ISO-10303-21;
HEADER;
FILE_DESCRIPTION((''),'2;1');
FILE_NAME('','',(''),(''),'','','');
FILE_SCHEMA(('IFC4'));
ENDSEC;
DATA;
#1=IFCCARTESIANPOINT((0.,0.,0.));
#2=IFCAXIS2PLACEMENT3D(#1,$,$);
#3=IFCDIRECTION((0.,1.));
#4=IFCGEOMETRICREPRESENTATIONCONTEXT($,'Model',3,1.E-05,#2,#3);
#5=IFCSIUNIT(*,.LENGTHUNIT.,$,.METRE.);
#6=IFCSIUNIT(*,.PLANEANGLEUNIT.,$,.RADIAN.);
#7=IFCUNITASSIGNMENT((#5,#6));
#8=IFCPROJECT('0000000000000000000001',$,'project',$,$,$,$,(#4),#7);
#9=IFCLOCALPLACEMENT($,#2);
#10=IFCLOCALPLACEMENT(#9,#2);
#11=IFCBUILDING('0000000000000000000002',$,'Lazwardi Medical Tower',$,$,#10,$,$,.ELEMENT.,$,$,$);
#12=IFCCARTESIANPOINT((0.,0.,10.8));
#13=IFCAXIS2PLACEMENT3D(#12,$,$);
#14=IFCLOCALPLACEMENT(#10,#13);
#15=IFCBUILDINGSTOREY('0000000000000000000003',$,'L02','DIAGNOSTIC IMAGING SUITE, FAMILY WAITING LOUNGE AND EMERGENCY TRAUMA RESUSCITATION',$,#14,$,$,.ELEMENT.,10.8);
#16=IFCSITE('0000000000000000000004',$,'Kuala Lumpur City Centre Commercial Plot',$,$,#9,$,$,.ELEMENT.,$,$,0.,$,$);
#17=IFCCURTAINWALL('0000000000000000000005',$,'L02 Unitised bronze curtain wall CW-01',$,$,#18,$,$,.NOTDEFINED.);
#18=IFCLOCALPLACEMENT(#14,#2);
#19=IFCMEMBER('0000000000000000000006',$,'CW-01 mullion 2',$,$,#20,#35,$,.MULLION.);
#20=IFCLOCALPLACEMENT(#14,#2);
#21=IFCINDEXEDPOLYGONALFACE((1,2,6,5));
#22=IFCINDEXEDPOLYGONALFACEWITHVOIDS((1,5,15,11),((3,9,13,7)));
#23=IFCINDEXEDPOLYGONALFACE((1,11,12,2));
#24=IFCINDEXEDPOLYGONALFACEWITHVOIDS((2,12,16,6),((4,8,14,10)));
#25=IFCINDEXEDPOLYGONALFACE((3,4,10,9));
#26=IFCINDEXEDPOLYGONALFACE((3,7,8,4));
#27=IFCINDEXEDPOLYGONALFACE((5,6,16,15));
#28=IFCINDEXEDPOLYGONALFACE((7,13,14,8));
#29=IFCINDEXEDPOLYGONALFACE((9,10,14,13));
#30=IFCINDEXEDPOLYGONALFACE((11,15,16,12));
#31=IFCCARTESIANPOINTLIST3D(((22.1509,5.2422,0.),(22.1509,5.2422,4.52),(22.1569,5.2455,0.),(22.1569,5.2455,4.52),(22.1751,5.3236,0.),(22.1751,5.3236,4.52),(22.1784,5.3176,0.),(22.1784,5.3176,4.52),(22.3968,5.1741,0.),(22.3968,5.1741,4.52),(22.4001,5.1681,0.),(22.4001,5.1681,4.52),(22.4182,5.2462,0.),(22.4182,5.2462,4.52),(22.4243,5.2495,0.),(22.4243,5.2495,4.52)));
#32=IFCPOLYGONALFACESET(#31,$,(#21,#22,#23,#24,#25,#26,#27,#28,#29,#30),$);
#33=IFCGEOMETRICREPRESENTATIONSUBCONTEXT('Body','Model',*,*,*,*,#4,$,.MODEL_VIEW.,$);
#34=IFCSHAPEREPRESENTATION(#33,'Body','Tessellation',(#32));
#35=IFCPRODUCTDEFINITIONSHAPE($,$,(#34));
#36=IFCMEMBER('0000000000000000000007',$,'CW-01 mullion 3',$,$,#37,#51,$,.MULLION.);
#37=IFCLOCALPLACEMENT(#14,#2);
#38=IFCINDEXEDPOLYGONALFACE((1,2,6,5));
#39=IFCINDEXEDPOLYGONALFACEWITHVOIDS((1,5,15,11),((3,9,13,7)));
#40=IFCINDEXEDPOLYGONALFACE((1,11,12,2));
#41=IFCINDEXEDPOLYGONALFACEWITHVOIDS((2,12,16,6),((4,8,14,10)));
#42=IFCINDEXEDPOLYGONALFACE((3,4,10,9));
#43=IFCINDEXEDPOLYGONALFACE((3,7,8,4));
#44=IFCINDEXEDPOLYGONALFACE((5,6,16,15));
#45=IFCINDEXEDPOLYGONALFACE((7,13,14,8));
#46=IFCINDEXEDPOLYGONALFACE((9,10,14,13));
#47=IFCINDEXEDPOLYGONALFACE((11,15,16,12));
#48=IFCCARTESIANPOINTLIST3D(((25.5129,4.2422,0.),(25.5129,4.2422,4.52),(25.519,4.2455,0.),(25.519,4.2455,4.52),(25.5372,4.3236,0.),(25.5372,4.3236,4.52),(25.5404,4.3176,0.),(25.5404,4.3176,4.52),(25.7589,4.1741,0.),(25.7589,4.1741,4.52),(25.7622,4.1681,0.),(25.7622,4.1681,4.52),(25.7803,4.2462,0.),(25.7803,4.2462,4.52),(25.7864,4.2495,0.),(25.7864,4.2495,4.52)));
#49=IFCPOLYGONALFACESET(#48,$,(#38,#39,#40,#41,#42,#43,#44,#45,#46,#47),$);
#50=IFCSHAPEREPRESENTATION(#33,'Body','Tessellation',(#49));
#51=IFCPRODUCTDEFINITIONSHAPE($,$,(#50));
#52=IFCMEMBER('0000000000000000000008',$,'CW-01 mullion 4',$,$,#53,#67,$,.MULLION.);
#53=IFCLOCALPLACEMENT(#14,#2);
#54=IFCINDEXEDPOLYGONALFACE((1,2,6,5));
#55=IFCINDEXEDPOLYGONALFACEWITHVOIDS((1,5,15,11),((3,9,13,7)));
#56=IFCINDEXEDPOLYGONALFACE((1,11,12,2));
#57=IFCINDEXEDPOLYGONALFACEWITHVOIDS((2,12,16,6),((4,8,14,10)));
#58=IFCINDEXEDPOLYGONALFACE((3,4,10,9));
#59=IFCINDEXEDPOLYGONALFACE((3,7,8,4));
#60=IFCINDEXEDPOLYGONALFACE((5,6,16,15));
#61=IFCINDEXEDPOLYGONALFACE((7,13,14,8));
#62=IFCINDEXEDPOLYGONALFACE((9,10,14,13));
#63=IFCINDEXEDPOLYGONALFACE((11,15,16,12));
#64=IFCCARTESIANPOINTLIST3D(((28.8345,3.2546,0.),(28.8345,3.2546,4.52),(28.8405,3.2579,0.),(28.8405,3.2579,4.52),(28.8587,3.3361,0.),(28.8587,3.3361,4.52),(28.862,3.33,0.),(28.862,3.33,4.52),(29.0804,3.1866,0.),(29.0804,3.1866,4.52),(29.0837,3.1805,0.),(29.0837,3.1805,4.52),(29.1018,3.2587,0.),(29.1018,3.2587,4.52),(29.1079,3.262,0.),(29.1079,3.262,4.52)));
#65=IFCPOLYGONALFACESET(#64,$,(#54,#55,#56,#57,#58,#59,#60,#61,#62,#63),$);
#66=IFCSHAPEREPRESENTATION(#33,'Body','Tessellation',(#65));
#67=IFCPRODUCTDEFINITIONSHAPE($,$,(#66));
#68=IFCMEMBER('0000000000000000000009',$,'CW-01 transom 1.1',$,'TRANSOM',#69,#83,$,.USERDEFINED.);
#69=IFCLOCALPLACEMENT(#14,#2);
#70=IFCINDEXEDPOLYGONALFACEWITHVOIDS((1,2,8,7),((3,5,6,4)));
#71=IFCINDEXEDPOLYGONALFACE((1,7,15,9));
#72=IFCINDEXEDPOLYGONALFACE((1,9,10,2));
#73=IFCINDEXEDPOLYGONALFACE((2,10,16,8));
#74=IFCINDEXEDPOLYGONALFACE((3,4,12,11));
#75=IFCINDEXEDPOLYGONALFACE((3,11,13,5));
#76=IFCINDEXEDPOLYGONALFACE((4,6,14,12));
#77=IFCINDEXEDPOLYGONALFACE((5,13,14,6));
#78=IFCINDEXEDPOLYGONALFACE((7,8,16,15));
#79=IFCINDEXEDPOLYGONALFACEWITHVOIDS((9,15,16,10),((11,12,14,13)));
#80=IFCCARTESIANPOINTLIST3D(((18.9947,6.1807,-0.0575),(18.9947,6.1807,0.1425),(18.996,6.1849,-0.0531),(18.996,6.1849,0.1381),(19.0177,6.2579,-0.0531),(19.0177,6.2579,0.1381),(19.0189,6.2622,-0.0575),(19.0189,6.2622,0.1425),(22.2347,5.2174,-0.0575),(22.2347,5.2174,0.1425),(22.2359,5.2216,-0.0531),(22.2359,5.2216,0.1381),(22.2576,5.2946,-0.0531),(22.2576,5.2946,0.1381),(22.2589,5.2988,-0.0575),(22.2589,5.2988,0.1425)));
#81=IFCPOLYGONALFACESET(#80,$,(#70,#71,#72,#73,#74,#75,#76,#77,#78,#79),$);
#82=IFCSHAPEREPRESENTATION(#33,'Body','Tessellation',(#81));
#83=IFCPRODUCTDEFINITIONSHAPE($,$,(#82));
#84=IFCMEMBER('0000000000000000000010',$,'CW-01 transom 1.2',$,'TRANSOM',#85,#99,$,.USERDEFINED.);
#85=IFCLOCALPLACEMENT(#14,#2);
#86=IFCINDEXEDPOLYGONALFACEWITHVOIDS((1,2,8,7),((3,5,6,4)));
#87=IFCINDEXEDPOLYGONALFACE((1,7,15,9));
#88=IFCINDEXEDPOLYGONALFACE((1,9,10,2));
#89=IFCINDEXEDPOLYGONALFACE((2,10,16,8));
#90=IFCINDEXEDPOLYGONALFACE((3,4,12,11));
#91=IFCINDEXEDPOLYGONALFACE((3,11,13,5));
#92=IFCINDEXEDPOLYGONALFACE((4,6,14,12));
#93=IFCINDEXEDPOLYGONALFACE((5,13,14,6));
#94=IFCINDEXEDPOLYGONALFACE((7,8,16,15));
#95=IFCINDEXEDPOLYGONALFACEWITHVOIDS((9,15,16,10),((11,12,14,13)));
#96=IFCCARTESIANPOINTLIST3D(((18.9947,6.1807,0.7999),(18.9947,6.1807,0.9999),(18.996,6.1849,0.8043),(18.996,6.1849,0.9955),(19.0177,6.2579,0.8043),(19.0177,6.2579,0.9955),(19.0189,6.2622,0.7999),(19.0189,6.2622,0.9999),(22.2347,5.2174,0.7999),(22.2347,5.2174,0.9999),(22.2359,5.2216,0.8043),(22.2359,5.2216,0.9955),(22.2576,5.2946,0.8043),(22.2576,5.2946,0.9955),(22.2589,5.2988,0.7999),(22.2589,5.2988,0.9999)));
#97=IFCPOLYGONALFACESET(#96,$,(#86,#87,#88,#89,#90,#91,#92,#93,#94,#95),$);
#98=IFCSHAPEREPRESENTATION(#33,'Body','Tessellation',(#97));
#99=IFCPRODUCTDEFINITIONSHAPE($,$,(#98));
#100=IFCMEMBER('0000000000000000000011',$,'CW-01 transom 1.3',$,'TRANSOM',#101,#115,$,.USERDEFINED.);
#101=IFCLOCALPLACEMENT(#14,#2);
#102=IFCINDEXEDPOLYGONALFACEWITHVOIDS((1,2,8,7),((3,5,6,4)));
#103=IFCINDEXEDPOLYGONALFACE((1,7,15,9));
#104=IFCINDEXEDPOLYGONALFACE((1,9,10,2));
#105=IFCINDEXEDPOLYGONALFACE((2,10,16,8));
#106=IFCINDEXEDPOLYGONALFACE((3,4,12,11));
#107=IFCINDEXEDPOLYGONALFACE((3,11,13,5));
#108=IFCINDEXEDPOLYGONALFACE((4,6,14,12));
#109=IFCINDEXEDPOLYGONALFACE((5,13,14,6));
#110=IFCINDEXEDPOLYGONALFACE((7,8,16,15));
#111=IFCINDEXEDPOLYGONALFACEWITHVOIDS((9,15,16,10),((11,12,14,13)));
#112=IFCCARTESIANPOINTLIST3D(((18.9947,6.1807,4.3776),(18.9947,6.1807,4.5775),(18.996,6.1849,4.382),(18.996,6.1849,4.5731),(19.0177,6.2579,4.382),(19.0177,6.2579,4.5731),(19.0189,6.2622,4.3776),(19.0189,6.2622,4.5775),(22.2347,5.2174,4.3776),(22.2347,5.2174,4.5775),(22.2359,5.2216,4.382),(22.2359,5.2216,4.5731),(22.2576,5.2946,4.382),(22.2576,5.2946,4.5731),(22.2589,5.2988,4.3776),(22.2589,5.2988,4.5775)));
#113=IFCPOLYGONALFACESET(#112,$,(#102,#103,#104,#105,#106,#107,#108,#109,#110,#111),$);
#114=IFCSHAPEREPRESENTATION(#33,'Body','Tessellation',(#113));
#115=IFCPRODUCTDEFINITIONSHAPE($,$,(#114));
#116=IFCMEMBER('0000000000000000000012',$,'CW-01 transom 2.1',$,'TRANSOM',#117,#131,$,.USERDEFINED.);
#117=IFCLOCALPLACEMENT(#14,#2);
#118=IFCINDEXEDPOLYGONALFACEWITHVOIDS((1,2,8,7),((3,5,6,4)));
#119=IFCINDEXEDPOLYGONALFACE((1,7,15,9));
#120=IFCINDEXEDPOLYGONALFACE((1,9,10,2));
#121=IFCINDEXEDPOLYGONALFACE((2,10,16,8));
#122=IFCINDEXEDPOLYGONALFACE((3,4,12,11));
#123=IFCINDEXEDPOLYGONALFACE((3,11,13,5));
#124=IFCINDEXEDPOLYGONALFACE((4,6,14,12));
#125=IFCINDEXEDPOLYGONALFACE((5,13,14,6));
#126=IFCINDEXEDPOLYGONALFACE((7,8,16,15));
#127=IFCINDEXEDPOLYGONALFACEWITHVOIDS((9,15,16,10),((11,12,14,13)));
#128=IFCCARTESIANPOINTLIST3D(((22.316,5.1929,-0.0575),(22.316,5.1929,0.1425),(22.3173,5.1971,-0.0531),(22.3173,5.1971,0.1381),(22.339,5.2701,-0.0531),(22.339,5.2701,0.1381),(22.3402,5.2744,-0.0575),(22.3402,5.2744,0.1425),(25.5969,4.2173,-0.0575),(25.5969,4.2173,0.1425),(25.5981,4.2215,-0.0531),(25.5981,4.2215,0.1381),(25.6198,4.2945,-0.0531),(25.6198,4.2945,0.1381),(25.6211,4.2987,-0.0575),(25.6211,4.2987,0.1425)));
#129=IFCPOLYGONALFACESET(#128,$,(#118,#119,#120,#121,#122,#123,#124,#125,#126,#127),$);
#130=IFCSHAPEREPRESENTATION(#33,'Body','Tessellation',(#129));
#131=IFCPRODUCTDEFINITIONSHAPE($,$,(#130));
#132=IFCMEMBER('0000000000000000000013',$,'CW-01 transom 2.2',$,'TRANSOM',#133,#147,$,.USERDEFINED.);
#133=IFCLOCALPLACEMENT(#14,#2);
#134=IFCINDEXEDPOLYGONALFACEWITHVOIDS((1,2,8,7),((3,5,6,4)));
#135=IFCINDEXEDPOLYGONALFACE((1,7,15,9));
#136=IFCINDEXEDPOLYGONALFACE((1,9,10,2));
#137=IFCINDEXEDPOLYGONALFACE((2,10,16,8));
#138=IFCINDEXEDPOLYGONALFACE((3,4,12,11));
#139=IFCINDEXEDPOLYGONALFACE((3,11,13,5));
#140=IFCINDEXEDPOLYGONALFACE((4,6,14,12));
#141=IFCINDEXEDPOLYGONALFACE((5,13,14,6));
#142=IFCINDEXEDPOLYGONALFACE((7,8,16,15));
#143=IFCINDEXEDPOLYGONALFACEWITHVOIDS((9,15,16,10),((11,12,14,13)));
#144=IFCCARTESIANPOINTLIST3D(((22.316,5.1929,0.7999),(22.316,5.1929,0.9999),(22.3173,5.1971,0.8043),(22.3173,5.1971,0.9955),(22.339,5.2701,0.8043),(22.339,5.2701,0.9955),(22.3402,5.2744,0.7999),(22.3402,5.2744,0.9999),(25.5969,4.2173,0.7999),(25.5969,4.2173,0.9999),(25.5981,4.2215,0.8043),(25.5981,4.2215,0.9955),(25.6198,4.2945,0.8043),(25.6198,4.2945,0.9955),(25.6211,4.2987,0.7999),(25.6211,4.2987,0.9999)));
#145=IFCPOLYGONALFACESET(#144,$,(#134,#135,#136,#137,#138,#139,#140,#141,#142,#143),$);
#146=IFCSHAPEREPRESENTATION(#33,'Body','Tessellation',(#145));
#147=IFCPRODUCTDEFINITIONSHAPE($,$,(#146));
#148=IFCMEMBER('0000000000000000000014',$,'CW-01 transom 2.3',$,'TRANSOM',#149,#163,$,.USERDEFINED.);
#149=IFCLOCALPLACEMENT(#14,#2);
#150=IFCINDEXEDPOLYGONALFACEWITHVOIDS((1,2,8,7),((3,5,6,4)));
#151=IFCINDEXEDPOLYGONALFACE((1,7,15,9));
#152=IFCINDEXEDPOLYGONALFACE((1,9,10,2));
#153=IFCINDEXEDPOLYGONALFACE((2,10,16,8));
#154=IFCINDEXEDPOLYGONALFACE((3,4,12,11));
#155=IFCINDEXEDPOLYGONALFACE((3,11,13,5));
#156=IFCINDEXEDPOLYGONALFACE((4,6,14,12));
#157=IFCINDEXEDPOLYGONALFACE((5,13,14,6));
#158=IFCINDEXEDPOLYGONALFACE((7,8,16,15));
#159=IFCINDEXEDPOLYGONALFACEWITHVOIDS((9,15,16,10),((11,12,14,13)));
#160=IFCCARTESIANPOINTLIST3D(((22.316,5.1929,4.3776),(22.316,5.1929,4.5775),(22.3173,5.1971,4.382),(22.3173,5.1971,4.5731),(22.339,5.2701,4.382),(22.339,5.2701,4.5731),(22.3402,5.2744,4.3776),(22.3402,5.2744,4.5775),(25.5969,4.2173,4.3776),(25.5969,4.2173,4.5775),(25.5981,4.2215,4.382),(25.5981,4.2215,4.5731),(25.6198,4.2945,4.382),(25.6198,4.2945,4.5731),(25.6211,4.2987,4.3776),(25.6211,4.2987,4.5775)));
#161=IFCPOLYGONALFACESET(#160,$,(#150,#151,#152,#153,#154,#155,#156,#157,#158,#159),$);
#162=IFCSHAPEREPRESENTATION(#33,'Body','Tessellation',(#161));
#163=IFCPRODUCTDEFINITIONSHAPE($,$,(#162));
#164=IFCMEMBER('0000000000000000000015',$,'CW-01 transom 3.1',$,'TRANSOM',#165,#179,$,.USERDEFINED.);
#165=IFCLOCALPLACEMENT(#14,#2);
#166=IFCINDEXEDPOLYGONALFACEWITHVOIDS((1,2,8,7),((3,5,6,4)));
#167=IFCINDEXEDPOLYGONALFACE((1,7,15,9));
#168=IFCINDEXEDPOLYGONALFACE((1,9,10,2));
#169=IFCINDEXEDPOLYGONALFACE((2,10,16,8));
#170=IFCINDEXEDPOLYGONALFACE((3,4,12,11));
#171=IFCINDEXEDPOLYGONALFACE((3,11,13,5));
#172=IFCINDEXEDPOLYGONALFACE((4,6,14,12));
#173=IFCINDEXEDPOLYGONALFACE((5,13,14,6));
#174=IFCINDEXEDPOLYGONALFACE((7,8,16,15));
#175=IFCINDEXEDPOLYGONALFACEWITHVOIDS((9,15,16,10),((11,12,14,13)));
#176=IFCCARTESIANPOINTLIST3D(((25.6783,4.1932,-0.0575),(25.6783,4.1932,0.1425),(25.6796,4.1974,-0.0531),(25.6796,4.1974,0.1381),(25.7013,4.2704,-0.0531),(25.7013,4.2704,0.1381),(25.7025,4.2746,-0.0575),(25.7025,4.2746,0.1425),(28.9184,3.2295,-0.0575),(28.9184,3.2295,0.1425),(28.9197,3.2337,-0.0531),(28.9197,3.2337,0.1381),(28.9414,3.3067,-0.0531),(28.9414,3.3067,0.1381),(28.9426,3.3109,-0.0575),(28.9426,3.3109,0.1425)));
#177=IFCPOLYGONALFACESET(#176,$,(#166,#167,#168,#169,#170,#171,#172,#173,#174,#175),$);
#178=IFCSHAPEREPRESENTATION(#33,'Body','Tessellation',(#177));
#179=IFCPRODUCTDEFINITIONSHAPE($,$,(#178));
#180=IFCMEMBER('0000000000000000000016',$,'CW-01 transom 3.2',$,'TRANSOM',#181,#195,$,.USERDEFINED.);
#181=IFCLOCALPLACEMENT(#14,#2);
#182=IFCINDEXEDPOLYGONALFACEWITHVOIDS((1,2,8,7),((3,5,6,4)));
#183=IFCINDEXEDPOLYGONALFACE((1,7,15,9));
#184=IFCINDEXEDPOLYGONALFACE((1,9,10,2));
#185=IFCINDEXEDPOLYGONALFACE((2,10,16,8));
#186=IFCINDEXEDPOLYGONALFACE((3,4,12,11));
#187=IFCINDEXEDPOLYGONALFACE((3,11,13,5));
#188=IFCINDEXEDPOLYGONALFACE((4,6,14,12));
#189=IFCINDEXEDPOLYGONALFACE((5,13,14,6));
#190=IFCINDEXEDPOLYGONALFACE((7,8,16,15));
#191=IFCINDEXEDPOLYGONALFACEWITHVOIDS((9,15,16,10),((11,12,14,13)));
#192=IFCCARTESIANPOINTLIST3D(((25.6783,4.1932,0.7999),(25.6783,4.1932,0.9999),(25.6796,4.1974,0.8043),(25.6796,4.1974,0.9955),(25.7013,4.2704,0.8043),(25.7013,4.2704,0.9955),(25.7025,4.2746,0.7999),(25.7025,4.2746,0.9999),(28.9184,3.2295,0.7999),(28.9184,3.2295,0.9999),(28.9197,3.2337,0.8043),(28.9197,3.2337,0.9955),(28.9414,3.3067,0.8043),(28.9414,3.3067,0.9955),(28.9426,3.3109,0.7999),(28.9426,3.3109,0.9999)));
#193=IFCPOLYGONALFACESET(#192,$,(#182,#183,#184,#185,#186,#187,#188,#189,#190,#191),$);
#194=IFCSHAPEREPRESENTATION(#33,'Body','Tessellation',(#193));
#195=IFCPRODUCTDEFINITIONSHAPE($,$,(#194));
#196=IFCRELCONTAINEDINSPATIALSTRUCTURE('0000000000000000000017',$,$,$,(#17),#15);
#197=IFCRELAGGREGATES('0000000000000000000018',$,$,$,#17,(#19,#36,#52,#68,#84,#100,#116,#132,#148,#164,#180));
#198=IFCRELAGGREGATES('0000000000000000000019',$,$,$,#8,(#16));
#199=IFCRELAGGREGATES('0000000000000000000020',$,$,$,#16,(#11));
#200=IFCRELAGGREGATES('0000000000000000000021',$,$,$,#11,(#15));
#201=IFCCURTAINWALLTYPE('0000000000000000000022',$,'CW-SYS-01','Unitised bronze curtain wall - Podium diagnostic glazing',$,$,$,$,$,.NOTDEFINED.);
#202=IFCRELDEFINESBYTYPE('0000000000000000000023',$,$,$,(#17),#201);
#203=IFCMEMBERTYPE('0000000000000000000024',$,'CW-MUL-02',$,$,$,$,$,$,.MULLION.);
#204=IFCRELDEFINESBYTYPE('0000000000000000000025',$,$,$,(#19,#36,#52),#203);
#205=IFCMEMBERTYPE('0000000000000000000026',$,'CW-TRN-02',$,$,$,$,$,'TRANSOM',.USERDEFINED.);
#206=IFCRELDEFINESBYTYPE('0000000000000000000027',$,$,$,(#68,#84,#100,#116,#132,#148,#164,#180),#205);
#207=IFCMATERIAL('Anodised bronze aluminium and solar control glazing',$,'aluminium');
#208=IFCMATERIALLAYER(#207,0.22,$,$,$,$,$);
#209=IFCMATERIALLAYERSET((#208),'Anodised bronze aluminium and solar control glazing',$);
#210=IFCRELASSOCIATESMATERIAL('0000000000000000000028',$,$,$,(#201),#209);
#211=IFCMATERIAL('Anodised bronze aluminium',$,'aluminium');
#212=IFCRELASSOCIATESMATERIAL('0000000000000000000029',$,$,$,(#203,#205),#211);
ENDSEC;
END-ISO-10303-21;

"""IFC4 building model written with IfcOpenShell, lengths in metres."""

from ifc_helpers import new_model, si_unit, direction, frame, origin, origin_2d, place, context, subcontext, project, spatial, hollow_rectangle, extrude, material, layer, layer_set, material_profile, profile_set, type_object, element, aggregate, save


model = new_model("IFC4")

# Units and contexts
model_context = context("Model", 3, precision=1e-05, world=origin(), true_north=direction((0.0, 1.0)))
body_context = subcontext(model_context, "Body", "Model", "MODEL_VIEW")
ifc_project = project(units=[si_unit("LENGTHUNIT", "METRE"), si_unit("PLANEANGLEUNIT", "RADIAN")], contexts=[model_context])

# Site, building, storey
site_placement = place(None, origin())
site = spatial("IfcSite", under=ifc_project, at=site_placement, Name="Kuala Lumpur City Centre Commercial Plot", CompositionType="ELEMENT", RefElevation=0.0)
building_placement = place(site_placement, origin())
building = spatial("IfcBuilding", under=site, at=building_placement, Name="Lazwardi Medical Tower", CompositionType="ELEMENT")
storey_placement = place(building_placement, frame((0.0, 0.0, 10.8)))
storey = spatial("IfcBuildingStorey", under=building, at=storey_placement, Name="L02", Description="DIAGNOSTIC IMAGING SUITE, FAMILY WAITING LOUNGE AND EMERGENCY TRAUMA RESUSCITATION", CompositionType="ELEMENT", Elevation=10.8)

# Shared definitions
ifc_material_1 = material(Name="Anodised bronze aluminium and solar control glazing", Category="aluminium")
ifc_material_2 = material(Name="Anodised bronze aluminium", Category="aluminium")

# Curtain wall, members
ifc_layer_1 = layer(ifc_material_1, 0.22)
ifc_layer_set_1 = layer_set([ifc_layer_1], Name="Anodised bronze aluminium and solar control glazing")
curtain_wall_type_1 = type_object("IfcCurtainWallType", Name="CW-SYS-01", Description="Unitised bronze curtain wall - Podium diagnostic glazing", PredefinedType="NOTDEFINED", material=ifc_layer_set_1)
curtain_wall_1_placement = place(storey_placement, origin())
curtain_wall_1 = element("IfcCurtainWall", 1, at=curtain_wall_1_placement, inside=storey, type_object=curtain_wall_type_1, Name="L02 Unitised bronze curtain wall CW-01", PredefinedType="NOTDEFINED")
ifc_material_profile_1 = material_profile(ifc_material_2, hollow_rectangle(XDim=0.085, YDim=0.26, WallThickness=0.0049, at=origin_2d()), Name="ALU-MULLION 260x85x5")
ifc_profile_set_1 = profile_set([ifc_material_profile_1], Name="Anodised bronze aluminium")
member_type_1 = type_object("IfcMemberType", Name="CW-MUL-02", PredefinedType="MULLION", material=ifc_profile_set_1)
member_1_placement = place(storey_placement, frame((22.2876, 5.2458, 0.0), z_axis=(0.0, 0.0, 1.0), x_axis=(0.285047, 0.958513, 0.0)))
member_1 = element("IfcMember", 2, at=member_1_placement, type_object=member_type_1, Name="CW-01 mullion 2", PredefinedType="MULLION", context=body_context, shape_type="SweptSolid", body=[
    extrude(hollow_rectangle(XDim=0.085, YDim=0.26, WallThickness=0.0049, at=origin_2d()), origin(), (0.0, 0.0, 1.0), 4.52),
])
member_2_placement = place(storey_placement, frame((25.6497, 4.2458, 0.0), z_axis=(0.0, 0.0, 1.0), x_axis=(0.285047, 0.958513, 0.0)))
member_2 = element("IfcMember", 3, at=member_2_placement, type_object=member_type_1, Name="CW-01 mullion 3", PredefinedType="MULLION", context=body_context, shape_type="SweptSolid", body=[
    extrude(hollow_rectangle(XDim=0.085, YDim=0.26, WallThickness=0.0049, at=origin_2d()), origin(), (0.0, 0.0, 1.0), 4.52),
])
member_3_placement = place(storey_placement, frame((28.9712, 3.2583, 0.0), z_axis=(0.0, 0.0, 1.0), x_axis=(0.285047, 0.958513, 0.0)))
member_3 = element("IfcMember", 4, at=member_3_placement, type_object=member_type_1, Name="CW-01 mullion 4", PredefinedType="MULLION", context=body_context, shape_type="SweptSolid", body=[
    extrude(hollow_rectangle(XDim=0.085, YDim=0.26, WallThickness=0.0049, at=origin_2d()), origin(), (0.0, 0.0, 1.0), 4.52),
])
ifc_material_profile_2 = material_profile(ifc_material_2, hollow_rectangle(XDim=0.085, YDim=0.2, WallThickness=0.0044, at=origin_2d()), Name="ALU-TRANSOM 200x85x4.5")
ifc_profile_set_2 = profile_set([ifc_material_profile_2], Name="Anodised bronze aluminium")
member_type_2 = type_object("IfcMemberType", Name="CW-TRN-02", ElementType="TRANSOM", PredefinedType="USERDEFINED", material=ifc_profile_set_2)
member_4_placement = place(storey_placement, frame((19.0068, 6.2214, 0.0425), z_axis=(0.958525, -0.285008, 0.0), x_axis=(0.285008, 0.958525, 0.0)))
member_4 = element("IfcMember", 5, at=member_4_placement, type_object=member_type_2, Name="CW-01 transom 1.1", ObjectType="TRANSOM", PredefinedType="USERDEFINED", context=body_context, shape_type="SweptSolid", body=[
    extrude(hollow_rectangle(XDim=0.085, YDim=0.2, WallThickness=0.0044, at=origin_2d()), origin(), (0.0, 0.0, 1.0), 3.3801),
])
member_5_placement = place(storey_placement, frame((19.0068, 6.2214, 0.8999), z_axis=(0.958525, -0.285008, 0.0), x_axis=(0.285008, 0.958525, 0.0)))
member_5 = element("IfcMember", 6, at=member_5_placement, type_object=member_type_2, Name="CW-01 transom 1.2", ObjectType="TRANSOM", PredefinedType="USERDEFINED", context=body_context, shape_type="SweptSolid", body=[
    extrude(hollow_rectangle(XDim=0.085, YDim=0.2, WallThickness=0.0044, at=origin_2d()), origin(), (0.0, 0.0, 1.0), 3.3801),
])
member_6_placement = place(storey_placement, frame((19.0068, 6.2214, 4.4775), z_axis=(0.958525, -0.285008, 0.0), x_axis=(0.285008, 0.958525, 0.0)))
member_6 = element("IfcMember", 7, at=member_6_placement, type_object=member_type_2, Name="CW-01 transom 1.3", ObjectType="TRANSOM", PredefinedType="USERDEFINED", context=body_context, shape_type="SweptSolid", body=[
    extrude(hollow_rectangle(XDim=0.085, YDim=0.2, WallThickness=0.0044, at=origin_2d()), origin(), (0.0, 0.0, 1.0), 3.3801),
])
member_7_placement = place(storey_placement, frame((22.3281, 5.2336, 0.0425), z_axis=(0.958518, -0.28503, 0.0), x_axis=(0.28503, 0.958518, 0.0)))
member_7 = element("IfcMember", 8, at=member_7_placement, type_object=member_type_2, Name="CW-01 transom 2.1", ObjectType="TRANSOM", PredefinedType="USERDEFINED", context=body_context, shape_type="SweptSolid", body=[
    extrude(hollow_rectangle(XDim=0.085, YDim=0.2, WallThickness=0.0044, at=origin_2d()), origin(), (0.0, 0.0, 1.0), 3.4229),
])
member_8_placement = place(storey_placement, frame((22.3281, 5.2336, 0.8999), z_axis=(0.958518, -0.28503, 0.0), x_axis=(0.28503, 0.958518, 0.0)))
member_8 = element("IfcMember", 9, at=member_8_placement, type_object=member_type_2, Name="CW-01 transom 2.2", ObjectType="TRANSOM", PredefinedType="USERDEFINED", context=body_context, shape_type="SweptSolid", body=[
    extrude(hollow_rectangle(XDim=0.085, YDim=0.2, WallThickness=0.0044, at=origin_2d()), origin(), (0.0, 0.0, 1.0), 3.4229),
])
member_9_placement = place(storey_placement, frame((22.3281, 5.2336, 4.4775), z_axis=(0.958518, -0.28503, 0.0), x_axis=(0.28503, 0.958518, 0.0)))
member_9 = element("IfcMember", 10, at=member_9_placement, type_object=member_type_2, Name="CW-01 transom 2.3", ObjectType="TRANSOM", PredefinedType="USERDEFINED", context=body_context, shape_type="SweptSolid", body=[
    extrude(hollow_rectangle(XDim=0.085, YDim=0.2, WallThickness=0.0044, at=origin_2d()), origin(), (0.0, 0.0, 1.0), 3.4229),
])
member_10_placement = place(storey_placement, frame((25.6904, 4.2339, 0.0425), z_axis=(0.958505, -0.285074, 0.0), x_axis=(0.285074, 0.958505, 0.0)))
member_10 = element("IfcMember", 11, at=member_10_placement, type_object=member_type_2, Name="CW-01 transom 3.1", ObjectType="TRANSOM", PredefinedType="USERDEFINED", context=body_context, shape_type="SweptSolid", body=[
    extrude(hollow_rectangle(XDim=0.085, YDim=0.2, WallThickness=0.0044, at=origin_2d()), origin(), (0.0, 0.0, 1.0), 3.3804),
])
member_11_placement = place(storey_placement, frame((25.6904, 4.2339, 0.8999), z_axis=(0.958505, -0.285074, 0.0), x_axis=(0.285074, 0.958505, 0.0)))
member_11 = element("IfcMember", 12, at=member_11_placement, type_object=member_type_2, Name="CW-01 transom 3.2", ObjectType="TRANSOM", PredefinedType="USERDEFINED", context=body_context, shape_type="SweptSolid", body=[
    extrude(hollow_rectangle(XDim=0.085, YDim=0.2, WallThickness=0.0044, at=origin_2d()), origin(), (0.0, 0.0, 1.0), 3.3804),
])
aggregate(curtain_wall_1, [member_1, member_2, member_3, member_4, member_5, member_6, member_7, member_8, member_9, member_10, member_11])

save(model, "model.ifc")
